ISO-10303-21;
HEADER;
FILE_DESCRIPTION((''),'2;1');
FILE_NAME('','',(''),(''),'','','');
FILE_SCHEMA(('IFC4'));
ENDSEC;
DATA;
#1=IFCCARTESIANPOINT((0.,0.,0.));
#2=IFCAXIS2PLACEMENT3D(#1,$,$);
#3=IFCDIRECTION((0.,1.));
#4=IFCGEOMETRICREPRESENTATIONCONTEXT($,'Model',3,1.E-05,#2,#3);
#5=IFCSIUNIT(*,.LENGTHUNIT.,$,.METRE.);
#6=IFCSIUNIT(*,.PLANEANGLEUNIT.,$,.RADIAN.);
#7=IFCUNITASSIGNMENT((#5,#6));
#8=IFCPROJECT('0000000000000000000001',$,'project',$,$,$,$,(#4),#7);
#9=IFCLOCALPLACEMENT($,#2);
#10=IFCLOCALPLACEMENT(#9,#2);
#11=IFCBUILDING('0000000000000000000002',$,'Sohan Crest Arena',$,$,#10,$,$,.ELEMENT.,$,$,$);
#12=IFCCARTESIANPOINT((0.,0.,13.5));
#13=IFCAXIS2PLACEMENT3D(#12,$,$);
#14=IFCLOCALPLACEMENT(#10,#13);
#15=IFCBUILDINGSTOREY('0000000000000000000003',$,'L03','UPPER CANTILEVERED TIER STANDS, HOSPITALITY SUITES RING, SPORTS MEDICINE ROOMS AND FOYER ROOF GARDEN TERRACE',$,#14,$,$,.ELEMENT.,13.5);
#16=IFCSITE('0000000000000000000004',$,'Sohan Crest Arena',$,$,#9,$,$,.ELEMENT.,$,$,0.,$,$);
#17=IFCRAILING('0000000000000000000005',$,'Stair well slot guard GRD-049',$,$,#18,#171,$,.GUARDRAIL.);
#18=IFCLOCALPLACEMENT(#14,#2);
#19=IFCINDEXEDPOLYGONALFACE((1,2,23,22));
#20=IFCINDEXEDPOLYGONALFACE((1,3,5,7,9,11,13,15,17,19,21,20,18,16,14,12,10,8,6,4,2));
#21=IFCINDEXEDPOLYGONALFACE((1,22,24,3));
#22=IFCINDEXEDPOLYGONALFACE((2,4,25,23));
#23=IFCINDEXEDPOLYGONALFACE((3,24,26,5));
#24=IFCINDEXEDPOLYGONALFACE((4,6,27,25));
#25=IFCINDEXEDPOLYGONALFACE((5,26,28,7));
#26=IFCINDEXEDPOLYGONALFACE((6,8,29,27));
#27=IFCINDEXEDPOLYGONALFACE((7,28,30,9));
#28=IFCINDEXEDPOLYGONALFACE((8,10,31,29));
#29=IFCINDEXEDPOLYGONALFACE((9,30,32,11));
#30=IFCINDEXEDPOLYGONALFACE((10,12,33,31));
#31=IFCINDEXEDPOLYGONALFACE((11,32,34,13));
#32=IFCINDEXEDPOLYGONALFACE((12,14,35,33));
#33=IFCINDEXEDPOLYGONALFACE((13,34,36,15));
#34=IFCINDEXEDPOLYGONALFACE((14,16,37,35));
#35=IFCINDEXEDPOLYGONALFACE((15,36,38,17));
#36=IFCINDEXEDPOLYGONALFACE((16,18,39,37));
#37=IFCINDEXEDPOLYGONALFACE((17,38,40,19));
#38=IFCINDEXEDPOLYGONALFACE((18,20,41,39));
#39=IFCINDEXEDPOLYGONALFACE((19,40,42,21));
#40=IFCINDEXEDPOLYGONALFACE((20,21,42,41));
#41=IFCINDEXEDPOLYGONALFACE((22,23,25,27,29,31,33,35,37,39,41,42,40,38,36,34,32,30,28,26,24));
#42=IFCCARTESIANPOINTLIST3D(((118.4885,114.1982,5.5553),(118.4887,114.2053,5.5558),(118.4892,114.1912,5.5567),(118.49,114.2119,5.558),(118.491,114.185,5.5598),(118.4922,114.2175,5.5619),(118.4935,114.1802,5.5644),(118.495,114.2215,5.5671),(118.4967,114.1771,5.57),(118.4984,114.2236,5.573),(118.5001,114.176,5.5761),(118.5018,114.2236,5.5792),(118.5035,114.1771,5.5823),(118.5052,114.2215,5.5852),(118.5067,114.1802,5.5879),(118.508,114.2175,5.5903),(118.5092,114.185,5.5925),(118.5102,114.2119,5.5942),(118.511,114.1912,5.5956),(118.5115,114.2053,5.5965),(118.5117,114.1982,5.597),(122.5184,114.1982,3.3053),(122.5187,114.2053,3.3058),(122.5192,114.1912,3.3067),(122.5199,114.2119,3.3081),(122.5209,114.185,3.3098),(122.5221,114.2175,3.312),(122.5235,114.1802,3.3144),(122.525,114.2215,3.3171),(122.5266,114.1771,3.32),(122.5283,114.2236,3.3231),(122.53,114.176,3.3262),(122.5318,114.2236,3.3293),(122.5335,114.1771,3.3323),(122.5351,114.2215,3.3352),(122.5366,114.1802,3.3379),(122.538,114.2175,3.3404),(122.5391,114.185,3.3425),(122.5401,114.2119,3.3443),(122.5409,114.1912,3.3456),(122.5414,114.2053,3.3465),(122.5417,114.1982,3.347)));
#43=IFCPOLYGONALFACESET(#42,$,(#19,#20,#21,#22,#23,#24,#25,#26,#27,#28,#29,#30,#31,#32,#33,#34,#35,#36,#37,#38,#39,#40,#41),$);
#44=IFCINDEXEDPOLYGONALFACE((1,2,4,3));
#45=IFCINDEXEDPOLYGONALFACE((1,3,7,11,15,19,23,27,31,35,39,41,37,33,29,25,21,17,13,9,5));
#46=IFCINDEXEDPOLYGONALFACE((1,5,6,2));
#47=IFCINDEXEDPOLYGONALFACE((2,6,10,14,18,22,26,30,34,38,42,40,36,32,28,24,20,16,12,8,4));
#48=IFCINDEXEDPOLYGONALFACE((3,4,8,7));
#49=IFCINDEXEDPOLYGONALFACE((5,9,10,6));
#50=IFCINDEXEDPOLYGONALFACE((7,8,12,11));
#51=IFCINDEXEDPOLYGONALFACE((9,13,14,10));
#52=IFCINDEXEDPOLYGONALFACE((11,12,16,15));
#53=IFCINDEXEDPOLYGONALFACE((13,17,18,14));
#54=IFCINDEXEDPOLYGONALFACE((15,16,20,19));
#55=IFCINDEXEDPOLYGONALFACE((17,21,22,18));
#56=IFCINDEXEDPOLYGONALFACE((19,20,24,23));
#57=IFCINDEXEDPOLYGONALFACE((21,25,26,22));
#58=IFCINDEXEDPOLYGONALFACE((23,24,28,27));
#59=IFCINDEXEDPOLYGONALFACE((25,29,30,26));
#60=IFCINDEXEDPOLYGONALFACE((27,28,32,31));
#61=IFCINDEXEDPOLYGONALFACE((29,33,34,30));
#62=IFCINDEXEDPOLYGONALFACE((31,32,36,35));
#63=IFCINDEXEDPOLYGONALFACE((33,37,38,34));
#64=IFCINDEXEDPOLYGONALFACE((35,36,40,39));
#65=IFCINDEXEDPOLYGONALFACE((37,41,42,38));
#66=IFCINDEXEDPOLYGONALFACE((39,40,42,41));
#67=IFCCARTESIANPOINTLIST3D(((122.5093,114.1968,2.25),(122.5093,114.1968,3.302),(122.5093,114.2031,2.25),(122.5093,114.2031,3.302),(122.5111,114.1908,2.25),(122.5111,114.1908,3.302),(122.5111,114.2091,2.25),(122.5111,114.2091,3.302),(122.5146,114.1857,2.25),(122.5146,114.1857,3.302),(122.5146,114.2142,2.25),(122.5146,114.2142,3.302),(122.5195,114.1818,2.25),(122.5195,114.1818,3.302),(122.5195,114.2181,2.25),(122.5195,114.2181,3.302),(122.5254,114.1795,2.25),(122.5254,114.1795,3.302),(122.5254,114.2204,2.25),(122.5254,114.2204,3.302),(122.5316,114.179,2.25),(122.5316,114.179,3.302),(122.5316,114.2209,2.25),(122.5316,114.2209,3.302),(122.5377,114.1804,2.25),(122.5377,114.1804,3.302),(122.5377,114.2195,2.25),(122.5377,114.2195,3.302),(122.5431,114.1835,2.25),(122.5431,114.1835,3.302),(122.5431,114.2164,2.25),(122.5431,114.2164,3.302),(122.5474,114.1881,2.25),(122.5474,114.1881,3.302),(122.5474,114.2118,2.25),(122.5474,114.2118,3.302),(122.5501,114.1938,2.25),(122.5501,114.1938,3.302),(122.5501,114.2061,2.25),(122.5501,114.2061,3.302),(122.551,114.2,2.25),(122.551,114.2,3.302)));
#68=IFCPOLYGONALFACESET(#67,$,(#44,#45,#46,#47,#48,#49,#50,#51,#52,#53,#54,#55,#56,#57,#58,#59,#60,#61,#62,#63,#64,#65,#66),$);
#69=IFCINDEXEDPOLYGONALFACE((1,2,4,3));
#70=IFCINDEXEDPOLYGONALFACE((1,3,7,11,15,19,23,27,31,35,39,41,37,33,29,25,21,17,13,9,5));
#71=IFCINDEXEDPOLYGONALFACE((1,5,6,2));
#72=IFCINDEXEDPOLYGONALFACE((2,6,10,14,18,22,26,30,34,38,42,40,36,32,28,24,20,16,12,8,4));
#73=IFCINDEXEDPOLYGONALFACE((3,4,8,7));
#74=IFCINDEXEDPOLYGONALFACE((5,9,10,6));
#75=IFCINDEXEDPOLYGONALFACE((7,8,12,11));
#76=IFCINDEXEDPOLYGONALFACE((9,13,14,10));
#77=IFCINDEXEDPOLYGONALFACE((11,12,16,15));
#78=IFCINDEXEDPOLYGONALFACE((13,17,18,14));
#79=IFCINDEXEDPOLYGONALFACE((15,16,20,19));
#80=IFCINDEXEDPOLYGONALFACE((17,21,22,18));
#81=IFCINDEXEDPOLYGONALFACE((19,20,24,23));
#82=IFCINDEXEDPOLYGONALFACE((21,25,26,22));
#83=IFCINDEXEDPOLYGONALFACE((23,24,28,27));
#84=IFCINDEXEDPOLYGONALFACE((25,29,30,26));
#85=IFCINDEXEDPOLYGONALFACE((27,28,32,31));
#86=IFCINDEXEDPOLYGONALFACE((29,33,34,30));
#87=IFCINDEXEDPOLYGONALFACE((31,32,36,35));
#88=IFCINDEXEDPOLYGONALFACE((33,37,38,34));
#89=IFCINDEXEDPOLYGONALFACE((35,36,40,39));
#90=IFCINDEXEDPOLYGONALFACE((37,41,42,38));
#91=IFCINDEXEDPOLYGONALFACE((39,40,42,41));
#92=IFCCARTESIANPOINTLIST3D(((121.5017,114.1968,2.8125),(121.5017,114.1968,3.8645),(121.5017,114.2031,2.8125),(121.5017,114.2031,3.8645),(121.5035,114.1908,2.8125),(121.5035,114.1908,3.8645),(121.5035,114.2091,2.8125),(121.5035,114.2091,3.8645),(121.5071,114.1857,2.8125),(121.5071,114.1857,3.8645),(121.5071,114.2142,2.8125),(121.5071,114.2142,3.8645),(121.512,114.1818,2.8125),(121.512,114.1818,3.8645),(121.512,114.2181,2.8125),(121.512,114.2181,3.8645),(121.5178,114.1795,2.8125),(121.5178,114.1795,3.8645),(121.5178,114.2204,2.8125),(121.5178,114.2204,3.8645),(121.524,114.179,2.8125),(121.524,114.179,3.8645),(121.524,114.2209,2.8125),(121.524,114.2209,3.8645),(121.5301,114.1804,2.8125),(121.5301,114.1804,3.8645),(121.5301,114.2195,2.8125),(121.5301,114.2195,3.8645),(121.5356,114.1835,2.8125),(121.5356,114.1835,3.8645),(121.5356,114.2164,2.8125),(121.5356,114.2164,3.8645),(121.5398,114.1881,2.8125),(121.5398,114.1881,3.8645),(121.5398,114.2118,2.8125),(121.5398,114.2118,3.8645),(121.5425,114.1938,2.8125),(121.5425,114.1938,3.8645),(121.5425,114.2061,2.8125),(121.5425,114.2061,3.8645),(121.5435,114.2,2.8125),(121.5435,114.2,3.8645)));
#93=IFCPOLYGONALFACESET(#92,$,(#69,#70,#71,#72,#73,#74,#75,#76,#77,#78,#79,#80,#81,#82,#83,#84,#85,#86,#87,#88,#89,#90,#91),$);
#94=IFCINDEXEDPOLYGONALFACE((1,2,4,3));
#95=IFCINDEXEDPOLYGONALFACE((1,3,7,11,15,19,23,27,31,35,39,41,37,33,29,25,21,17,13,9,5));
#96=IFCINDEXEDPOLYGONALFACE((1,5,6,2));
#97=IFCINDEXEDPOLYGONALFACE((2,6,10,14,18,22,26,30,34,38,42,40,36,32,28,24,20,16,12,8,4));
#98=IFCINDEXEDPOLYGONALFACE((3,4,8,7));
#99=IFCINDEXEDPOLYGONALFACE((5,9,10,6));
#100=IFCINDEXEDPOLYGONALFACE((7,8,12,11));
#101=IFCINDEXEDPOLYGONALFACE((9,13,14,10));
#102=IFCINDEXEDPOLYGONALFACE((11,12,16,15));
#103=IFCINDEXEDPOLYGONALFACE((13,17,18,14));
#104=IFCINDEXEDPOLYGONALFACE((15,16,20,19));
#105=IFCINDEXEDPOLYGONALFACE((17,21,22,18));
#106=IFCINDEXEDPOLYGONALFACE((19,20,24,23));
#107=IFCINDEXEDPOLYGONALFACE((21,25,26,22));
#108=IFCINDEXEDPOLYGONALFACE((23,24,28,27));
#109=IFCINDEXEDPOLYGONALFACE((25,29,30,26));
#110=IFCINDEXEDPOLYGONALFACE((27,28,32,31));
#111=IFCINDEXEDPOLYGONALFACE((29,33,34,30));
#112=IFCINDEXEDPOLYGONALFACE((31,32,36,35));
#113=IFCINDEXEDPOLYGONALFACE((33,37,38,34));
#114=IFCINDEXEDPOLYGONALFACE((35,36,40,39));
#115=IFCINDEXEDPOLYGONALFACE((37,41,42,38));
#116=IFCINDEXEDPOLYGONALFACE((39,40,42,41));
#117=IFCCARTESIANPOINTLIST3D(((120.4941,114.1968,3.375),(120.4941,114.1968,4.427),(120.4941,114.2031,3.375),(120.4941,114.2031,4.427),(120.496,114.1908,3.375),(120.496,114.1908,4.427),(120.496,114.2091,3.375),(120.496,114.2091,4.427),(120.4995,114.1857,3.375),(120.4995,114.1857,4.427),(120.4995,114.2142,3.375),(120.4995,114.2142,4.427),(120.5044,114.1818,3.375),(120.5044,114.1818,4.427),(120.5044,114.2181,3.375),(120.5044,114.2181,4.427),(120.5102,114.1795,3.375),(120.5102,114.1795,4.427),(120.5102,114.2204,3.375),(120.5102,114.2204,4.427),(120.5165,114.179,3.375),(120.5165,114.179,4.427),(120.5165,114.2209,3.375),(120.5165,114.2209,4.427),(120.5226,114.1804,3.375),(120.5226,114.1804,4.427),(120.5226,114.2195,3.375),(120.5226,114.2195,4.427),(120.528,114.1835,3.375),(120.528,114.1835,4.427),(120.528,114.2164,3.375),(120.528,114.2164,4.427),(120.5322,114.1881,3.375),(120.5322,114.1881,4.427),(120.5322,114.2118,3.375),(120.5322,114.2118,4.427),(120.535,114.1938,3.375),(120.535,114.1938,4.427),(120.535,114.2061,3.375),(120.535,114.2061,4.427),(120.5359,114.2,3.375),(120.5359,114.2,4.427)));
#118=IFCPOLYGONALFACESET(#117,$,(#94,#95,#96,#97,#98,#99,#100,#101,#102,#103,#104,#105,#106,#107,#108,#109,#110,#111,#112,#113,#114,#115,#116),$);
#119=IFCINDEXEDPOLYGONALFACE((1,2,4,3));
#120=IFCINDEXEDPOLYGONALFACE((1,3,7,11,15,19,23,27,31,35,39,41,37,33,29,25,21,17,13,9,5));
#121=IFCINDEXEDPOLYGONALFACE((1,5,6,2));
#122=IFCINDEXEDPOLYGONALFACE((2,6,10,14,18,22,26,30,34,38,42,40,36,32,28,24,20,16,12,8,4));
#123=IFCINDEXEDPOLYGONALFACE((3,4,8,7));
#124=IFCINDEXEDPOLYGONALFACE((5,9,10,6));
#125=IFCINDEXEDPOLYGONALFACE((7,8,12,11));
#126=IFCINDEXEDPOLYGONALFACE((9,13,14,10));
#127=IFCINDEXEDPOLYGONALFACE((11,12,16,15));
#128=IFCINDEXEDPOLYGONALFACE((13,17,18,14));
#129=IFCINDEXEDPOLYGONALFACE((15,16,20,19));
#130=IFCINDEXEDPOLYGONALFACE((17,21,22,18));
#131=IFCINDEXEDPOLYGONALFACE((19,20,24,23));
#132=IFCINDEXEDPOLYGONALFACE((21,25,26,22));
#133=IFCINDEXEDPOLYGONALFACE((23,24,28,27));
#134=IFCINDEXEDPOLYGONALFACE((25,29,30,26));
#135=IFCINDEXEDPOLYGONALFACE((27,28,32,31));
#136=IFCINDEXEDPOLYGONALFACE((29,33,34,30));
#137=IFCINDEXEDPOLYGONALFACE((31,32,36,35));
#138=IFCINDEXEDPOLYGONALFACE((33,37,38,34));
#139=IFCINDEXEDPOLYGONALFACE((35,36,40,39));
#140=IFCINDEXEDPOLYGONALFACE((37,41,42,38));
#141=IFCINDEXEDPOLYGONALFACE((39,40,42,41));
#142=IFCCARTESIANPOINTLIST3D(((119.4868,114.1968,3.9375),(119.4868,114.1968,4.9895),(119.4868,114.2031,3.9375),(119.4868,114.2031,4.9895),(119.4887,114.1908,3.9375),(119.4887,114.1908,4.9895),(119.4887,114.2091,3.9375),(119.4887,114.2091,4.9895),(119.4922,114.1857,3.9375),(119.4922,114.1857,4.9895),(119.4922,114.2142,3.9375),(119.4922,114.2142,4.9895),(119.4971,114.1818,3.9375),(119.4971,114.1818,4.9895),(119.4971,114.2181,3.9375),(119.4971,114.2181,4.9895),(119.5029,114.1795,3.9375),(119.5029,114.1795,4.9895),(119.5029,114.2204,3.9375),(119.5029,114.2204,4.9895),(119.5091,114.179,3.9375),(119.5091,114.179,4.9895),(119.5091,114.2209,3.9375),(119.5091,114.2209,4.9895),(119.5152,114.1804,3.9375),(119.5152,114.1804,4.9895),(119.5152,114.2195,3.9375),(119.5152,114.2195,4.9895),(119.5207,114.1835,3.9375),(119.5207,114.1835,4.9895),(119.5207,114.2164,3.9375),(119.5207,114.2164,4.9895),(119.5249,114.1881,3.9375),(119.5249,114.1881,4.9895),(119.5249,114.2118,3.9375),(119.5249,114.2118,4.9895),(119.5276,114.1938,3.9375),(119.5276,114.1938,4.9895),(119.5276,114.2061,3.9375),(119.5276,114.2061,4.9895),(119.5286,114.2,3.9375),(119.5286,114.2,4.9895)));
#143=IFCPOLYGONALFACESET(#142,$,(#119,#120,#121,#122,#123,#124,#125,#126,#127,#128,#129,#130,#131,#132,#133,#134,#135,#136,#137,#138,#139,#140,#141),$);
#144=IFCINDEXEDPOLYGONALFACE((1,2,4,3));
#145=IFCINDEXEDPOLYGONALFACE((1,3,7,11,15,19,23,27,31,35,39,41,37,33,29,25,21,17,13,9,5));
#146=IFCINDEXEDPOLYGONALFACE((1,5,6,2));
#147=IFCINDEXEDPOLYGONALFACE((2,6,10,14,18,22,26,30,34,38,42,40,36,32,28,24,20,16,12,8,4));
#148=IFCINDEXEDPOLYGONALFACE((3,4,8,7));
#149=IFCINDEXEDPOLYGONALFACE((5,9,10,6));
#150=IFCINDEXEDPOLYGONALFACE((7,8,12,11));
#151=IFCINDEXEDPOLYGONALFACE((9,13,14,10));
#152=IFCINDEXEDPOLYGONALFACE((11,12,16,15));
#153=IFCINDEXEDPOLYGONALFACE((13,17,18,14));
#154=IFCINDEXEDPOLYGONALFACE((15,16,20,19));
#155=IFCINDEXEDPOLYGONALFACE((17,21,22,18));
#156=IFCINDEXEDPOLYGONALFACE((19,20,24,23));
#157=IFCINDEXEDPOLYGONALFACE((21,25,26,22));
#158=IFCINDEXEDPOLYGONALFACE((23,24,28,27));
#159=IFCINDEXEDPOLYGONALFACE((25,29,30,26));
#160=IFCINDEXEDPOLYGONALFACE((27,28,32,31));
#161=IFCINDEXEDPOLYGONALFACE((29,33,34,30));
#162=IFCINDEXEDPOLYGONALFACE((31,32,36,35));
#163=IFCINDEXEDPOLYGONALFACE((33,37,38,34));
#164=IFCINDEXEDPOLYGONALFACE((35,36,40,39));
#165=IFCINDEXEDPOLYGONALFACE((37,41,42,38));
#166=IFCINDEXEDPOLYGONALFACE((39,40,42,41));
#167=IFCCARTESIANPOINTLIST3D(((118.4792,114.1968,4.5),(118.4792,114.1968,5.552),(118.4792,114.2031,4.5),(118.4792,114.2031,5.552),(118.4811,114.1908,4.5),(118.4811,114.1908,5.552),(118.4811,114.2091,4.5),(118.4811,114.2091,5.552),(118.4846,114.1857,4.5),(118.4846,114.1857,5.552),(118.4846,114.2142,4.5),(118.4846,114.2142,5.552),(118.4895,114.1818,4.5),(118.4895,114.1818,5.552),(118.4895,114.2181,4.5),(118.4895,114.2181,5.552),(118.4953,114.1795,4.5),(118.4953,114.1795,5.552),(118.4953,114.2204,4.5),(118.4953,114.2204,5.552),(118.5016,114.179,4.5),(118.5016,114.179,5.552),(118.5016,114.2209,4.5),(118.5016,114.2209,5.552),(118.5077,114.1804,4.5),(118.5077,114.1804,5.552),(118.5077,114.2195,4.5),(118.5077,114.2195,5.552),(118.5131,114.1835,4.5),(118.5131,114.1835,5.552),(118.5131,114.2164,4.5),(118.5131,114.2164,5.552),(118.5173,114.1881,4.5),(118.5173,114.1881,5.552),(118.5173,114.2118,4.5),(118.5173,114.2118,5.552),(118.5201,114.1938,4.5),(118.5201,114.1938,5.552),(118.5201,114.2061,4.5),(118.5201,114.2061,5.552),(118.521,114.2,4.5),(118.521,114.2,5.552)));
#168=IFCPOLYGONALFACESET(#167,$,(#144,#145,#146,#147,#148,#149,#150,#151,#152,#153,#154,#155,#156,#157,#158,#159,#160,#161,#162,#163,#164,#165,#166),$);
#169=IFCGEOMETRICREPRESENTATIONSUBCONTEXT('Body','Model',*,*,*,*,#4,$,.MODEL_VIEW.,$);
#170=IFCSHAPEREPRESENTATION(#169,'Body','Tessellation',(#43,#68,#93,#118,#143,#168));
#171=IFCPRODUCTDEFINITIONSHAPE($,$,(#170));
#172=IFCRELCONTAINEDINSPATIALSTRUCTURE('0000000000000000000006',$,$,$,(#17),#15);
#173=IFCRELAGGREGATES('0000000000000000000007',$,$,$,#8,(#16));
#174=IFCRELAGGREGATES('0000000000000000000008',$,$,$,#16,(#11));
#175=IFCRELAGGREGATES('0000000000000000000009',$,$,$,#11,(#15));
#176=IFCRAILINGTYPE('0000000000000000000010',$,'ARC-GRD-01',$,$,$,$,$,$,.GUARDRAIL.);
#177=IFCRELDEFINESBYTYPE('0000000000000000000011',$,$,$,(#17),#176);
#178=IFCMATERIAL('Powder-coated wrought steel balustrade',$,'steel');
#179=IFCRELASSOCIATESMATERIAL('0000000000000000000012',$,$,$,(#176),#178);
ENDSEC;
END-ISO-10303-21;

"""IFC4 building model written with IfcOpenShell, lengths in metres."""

from ifc_helpers import new_model, si_unit, direction, frame, origin, origin_2d, place, context, subcontext, project, spatial, circle, extrude, material, type_object, element, save


model = new_model("IFC4")

# Units and contexts
model_context = context("Model", 3, precision=1e-05, world=origin(), true_north=direction((0.0, 1.0)))
body_context = subcontext(model_context, "Body", "Model", "MODEL_VIEW")
ifc_project = project(units=[si_unit("LENGTHUNIT", "METRE"), si_unit("PLANEANGLEUNIT", "RADIAN")], contexts=[model_context])

# Site, building, storey
site_placement = place(None, origin())
site = spatial("IfcSite", under=ifc_project, at=site_placement, Name="Sohan Crest Arena", CompositionType="ELEMENT", RefElevation=0.0)
building_placement = place(site_placement, origin())
building = spatial("IfcBuilding", under=site, at=building_placement, Name="Sohan Crest Arena", CompositionType="ELEMENT")
storey_placement = place(building_placement, frame((0.0, 0.0, 13.5)))
storey = spatial("IfcBuildingStorey", under=building, at=storey_placement, Name="L03", Description="UPPER CANTILEVERED TIER STANDS, HOSPITALITY SUITES RING, SPORTS MEDICINE ROOMS AND FOYER ROOF GARDEN TERRACE", CompositionType="ELEMENT", Elevation=13.5)

# Railing
ifc_material_1 = material(Name="Powder-coated wrought steel balustrade", Category="steel")
railing_type_1 = type_object("IfcRailingType", Name="ARC-GRD-01", PredefinedType="GUARDRAIL", material=ifc_material_1)
railing_1_placement = place(storey_placement, frame((122.53, 114.2, 2.25)))
element("IfcRailing", 1, at=railing_1_placement, inside=storey, type_object=railing_type_1, Name="Stair well slot guard GRD-049", PredefinedType="GUARDRAIL", context=body_context, shape_type="SweptSolid", body=[
    extrude(circle(Radius=0.0239, at=origin_2d()), frame((0.0, 0.0, 1.0762), z_axis=(-0.873135, 0.0, 0.487479), x_axis=(0.0, -1.0, 0.0)), (0.0, 0.0, 1.0), 4.6155),
    extrude(circle(Radius=0.021, at=origin_2d()), origin(), (0.0, 0.0, 1.0), 1.052),
    extrude(circle(Radius=0.021, at=origin_2d()), frame((-1.0076, 0.0, 0.5625)), (0.0, 0.0, 1.0), 1.052),
    extrude(circle(Radius=0.021, at=origin_2d()), frame((-2.0151, 0.0, 1.125)), (0.0, 0.0, 1.0), 1.052),
    extrude(circle(Radius=0.021, at=origin_2d()), frame((-3.0225, 0.0, 1.6875)), (0.0, 0.0, 1.0), 1.052),
    extrude(circle(Radius=0.021, at=origin_2d()), frame((-4.03, 0.0, 2.25)), (0.0, 0.0, 1.0), 1.052),
])

save(model, "model.ifc")
